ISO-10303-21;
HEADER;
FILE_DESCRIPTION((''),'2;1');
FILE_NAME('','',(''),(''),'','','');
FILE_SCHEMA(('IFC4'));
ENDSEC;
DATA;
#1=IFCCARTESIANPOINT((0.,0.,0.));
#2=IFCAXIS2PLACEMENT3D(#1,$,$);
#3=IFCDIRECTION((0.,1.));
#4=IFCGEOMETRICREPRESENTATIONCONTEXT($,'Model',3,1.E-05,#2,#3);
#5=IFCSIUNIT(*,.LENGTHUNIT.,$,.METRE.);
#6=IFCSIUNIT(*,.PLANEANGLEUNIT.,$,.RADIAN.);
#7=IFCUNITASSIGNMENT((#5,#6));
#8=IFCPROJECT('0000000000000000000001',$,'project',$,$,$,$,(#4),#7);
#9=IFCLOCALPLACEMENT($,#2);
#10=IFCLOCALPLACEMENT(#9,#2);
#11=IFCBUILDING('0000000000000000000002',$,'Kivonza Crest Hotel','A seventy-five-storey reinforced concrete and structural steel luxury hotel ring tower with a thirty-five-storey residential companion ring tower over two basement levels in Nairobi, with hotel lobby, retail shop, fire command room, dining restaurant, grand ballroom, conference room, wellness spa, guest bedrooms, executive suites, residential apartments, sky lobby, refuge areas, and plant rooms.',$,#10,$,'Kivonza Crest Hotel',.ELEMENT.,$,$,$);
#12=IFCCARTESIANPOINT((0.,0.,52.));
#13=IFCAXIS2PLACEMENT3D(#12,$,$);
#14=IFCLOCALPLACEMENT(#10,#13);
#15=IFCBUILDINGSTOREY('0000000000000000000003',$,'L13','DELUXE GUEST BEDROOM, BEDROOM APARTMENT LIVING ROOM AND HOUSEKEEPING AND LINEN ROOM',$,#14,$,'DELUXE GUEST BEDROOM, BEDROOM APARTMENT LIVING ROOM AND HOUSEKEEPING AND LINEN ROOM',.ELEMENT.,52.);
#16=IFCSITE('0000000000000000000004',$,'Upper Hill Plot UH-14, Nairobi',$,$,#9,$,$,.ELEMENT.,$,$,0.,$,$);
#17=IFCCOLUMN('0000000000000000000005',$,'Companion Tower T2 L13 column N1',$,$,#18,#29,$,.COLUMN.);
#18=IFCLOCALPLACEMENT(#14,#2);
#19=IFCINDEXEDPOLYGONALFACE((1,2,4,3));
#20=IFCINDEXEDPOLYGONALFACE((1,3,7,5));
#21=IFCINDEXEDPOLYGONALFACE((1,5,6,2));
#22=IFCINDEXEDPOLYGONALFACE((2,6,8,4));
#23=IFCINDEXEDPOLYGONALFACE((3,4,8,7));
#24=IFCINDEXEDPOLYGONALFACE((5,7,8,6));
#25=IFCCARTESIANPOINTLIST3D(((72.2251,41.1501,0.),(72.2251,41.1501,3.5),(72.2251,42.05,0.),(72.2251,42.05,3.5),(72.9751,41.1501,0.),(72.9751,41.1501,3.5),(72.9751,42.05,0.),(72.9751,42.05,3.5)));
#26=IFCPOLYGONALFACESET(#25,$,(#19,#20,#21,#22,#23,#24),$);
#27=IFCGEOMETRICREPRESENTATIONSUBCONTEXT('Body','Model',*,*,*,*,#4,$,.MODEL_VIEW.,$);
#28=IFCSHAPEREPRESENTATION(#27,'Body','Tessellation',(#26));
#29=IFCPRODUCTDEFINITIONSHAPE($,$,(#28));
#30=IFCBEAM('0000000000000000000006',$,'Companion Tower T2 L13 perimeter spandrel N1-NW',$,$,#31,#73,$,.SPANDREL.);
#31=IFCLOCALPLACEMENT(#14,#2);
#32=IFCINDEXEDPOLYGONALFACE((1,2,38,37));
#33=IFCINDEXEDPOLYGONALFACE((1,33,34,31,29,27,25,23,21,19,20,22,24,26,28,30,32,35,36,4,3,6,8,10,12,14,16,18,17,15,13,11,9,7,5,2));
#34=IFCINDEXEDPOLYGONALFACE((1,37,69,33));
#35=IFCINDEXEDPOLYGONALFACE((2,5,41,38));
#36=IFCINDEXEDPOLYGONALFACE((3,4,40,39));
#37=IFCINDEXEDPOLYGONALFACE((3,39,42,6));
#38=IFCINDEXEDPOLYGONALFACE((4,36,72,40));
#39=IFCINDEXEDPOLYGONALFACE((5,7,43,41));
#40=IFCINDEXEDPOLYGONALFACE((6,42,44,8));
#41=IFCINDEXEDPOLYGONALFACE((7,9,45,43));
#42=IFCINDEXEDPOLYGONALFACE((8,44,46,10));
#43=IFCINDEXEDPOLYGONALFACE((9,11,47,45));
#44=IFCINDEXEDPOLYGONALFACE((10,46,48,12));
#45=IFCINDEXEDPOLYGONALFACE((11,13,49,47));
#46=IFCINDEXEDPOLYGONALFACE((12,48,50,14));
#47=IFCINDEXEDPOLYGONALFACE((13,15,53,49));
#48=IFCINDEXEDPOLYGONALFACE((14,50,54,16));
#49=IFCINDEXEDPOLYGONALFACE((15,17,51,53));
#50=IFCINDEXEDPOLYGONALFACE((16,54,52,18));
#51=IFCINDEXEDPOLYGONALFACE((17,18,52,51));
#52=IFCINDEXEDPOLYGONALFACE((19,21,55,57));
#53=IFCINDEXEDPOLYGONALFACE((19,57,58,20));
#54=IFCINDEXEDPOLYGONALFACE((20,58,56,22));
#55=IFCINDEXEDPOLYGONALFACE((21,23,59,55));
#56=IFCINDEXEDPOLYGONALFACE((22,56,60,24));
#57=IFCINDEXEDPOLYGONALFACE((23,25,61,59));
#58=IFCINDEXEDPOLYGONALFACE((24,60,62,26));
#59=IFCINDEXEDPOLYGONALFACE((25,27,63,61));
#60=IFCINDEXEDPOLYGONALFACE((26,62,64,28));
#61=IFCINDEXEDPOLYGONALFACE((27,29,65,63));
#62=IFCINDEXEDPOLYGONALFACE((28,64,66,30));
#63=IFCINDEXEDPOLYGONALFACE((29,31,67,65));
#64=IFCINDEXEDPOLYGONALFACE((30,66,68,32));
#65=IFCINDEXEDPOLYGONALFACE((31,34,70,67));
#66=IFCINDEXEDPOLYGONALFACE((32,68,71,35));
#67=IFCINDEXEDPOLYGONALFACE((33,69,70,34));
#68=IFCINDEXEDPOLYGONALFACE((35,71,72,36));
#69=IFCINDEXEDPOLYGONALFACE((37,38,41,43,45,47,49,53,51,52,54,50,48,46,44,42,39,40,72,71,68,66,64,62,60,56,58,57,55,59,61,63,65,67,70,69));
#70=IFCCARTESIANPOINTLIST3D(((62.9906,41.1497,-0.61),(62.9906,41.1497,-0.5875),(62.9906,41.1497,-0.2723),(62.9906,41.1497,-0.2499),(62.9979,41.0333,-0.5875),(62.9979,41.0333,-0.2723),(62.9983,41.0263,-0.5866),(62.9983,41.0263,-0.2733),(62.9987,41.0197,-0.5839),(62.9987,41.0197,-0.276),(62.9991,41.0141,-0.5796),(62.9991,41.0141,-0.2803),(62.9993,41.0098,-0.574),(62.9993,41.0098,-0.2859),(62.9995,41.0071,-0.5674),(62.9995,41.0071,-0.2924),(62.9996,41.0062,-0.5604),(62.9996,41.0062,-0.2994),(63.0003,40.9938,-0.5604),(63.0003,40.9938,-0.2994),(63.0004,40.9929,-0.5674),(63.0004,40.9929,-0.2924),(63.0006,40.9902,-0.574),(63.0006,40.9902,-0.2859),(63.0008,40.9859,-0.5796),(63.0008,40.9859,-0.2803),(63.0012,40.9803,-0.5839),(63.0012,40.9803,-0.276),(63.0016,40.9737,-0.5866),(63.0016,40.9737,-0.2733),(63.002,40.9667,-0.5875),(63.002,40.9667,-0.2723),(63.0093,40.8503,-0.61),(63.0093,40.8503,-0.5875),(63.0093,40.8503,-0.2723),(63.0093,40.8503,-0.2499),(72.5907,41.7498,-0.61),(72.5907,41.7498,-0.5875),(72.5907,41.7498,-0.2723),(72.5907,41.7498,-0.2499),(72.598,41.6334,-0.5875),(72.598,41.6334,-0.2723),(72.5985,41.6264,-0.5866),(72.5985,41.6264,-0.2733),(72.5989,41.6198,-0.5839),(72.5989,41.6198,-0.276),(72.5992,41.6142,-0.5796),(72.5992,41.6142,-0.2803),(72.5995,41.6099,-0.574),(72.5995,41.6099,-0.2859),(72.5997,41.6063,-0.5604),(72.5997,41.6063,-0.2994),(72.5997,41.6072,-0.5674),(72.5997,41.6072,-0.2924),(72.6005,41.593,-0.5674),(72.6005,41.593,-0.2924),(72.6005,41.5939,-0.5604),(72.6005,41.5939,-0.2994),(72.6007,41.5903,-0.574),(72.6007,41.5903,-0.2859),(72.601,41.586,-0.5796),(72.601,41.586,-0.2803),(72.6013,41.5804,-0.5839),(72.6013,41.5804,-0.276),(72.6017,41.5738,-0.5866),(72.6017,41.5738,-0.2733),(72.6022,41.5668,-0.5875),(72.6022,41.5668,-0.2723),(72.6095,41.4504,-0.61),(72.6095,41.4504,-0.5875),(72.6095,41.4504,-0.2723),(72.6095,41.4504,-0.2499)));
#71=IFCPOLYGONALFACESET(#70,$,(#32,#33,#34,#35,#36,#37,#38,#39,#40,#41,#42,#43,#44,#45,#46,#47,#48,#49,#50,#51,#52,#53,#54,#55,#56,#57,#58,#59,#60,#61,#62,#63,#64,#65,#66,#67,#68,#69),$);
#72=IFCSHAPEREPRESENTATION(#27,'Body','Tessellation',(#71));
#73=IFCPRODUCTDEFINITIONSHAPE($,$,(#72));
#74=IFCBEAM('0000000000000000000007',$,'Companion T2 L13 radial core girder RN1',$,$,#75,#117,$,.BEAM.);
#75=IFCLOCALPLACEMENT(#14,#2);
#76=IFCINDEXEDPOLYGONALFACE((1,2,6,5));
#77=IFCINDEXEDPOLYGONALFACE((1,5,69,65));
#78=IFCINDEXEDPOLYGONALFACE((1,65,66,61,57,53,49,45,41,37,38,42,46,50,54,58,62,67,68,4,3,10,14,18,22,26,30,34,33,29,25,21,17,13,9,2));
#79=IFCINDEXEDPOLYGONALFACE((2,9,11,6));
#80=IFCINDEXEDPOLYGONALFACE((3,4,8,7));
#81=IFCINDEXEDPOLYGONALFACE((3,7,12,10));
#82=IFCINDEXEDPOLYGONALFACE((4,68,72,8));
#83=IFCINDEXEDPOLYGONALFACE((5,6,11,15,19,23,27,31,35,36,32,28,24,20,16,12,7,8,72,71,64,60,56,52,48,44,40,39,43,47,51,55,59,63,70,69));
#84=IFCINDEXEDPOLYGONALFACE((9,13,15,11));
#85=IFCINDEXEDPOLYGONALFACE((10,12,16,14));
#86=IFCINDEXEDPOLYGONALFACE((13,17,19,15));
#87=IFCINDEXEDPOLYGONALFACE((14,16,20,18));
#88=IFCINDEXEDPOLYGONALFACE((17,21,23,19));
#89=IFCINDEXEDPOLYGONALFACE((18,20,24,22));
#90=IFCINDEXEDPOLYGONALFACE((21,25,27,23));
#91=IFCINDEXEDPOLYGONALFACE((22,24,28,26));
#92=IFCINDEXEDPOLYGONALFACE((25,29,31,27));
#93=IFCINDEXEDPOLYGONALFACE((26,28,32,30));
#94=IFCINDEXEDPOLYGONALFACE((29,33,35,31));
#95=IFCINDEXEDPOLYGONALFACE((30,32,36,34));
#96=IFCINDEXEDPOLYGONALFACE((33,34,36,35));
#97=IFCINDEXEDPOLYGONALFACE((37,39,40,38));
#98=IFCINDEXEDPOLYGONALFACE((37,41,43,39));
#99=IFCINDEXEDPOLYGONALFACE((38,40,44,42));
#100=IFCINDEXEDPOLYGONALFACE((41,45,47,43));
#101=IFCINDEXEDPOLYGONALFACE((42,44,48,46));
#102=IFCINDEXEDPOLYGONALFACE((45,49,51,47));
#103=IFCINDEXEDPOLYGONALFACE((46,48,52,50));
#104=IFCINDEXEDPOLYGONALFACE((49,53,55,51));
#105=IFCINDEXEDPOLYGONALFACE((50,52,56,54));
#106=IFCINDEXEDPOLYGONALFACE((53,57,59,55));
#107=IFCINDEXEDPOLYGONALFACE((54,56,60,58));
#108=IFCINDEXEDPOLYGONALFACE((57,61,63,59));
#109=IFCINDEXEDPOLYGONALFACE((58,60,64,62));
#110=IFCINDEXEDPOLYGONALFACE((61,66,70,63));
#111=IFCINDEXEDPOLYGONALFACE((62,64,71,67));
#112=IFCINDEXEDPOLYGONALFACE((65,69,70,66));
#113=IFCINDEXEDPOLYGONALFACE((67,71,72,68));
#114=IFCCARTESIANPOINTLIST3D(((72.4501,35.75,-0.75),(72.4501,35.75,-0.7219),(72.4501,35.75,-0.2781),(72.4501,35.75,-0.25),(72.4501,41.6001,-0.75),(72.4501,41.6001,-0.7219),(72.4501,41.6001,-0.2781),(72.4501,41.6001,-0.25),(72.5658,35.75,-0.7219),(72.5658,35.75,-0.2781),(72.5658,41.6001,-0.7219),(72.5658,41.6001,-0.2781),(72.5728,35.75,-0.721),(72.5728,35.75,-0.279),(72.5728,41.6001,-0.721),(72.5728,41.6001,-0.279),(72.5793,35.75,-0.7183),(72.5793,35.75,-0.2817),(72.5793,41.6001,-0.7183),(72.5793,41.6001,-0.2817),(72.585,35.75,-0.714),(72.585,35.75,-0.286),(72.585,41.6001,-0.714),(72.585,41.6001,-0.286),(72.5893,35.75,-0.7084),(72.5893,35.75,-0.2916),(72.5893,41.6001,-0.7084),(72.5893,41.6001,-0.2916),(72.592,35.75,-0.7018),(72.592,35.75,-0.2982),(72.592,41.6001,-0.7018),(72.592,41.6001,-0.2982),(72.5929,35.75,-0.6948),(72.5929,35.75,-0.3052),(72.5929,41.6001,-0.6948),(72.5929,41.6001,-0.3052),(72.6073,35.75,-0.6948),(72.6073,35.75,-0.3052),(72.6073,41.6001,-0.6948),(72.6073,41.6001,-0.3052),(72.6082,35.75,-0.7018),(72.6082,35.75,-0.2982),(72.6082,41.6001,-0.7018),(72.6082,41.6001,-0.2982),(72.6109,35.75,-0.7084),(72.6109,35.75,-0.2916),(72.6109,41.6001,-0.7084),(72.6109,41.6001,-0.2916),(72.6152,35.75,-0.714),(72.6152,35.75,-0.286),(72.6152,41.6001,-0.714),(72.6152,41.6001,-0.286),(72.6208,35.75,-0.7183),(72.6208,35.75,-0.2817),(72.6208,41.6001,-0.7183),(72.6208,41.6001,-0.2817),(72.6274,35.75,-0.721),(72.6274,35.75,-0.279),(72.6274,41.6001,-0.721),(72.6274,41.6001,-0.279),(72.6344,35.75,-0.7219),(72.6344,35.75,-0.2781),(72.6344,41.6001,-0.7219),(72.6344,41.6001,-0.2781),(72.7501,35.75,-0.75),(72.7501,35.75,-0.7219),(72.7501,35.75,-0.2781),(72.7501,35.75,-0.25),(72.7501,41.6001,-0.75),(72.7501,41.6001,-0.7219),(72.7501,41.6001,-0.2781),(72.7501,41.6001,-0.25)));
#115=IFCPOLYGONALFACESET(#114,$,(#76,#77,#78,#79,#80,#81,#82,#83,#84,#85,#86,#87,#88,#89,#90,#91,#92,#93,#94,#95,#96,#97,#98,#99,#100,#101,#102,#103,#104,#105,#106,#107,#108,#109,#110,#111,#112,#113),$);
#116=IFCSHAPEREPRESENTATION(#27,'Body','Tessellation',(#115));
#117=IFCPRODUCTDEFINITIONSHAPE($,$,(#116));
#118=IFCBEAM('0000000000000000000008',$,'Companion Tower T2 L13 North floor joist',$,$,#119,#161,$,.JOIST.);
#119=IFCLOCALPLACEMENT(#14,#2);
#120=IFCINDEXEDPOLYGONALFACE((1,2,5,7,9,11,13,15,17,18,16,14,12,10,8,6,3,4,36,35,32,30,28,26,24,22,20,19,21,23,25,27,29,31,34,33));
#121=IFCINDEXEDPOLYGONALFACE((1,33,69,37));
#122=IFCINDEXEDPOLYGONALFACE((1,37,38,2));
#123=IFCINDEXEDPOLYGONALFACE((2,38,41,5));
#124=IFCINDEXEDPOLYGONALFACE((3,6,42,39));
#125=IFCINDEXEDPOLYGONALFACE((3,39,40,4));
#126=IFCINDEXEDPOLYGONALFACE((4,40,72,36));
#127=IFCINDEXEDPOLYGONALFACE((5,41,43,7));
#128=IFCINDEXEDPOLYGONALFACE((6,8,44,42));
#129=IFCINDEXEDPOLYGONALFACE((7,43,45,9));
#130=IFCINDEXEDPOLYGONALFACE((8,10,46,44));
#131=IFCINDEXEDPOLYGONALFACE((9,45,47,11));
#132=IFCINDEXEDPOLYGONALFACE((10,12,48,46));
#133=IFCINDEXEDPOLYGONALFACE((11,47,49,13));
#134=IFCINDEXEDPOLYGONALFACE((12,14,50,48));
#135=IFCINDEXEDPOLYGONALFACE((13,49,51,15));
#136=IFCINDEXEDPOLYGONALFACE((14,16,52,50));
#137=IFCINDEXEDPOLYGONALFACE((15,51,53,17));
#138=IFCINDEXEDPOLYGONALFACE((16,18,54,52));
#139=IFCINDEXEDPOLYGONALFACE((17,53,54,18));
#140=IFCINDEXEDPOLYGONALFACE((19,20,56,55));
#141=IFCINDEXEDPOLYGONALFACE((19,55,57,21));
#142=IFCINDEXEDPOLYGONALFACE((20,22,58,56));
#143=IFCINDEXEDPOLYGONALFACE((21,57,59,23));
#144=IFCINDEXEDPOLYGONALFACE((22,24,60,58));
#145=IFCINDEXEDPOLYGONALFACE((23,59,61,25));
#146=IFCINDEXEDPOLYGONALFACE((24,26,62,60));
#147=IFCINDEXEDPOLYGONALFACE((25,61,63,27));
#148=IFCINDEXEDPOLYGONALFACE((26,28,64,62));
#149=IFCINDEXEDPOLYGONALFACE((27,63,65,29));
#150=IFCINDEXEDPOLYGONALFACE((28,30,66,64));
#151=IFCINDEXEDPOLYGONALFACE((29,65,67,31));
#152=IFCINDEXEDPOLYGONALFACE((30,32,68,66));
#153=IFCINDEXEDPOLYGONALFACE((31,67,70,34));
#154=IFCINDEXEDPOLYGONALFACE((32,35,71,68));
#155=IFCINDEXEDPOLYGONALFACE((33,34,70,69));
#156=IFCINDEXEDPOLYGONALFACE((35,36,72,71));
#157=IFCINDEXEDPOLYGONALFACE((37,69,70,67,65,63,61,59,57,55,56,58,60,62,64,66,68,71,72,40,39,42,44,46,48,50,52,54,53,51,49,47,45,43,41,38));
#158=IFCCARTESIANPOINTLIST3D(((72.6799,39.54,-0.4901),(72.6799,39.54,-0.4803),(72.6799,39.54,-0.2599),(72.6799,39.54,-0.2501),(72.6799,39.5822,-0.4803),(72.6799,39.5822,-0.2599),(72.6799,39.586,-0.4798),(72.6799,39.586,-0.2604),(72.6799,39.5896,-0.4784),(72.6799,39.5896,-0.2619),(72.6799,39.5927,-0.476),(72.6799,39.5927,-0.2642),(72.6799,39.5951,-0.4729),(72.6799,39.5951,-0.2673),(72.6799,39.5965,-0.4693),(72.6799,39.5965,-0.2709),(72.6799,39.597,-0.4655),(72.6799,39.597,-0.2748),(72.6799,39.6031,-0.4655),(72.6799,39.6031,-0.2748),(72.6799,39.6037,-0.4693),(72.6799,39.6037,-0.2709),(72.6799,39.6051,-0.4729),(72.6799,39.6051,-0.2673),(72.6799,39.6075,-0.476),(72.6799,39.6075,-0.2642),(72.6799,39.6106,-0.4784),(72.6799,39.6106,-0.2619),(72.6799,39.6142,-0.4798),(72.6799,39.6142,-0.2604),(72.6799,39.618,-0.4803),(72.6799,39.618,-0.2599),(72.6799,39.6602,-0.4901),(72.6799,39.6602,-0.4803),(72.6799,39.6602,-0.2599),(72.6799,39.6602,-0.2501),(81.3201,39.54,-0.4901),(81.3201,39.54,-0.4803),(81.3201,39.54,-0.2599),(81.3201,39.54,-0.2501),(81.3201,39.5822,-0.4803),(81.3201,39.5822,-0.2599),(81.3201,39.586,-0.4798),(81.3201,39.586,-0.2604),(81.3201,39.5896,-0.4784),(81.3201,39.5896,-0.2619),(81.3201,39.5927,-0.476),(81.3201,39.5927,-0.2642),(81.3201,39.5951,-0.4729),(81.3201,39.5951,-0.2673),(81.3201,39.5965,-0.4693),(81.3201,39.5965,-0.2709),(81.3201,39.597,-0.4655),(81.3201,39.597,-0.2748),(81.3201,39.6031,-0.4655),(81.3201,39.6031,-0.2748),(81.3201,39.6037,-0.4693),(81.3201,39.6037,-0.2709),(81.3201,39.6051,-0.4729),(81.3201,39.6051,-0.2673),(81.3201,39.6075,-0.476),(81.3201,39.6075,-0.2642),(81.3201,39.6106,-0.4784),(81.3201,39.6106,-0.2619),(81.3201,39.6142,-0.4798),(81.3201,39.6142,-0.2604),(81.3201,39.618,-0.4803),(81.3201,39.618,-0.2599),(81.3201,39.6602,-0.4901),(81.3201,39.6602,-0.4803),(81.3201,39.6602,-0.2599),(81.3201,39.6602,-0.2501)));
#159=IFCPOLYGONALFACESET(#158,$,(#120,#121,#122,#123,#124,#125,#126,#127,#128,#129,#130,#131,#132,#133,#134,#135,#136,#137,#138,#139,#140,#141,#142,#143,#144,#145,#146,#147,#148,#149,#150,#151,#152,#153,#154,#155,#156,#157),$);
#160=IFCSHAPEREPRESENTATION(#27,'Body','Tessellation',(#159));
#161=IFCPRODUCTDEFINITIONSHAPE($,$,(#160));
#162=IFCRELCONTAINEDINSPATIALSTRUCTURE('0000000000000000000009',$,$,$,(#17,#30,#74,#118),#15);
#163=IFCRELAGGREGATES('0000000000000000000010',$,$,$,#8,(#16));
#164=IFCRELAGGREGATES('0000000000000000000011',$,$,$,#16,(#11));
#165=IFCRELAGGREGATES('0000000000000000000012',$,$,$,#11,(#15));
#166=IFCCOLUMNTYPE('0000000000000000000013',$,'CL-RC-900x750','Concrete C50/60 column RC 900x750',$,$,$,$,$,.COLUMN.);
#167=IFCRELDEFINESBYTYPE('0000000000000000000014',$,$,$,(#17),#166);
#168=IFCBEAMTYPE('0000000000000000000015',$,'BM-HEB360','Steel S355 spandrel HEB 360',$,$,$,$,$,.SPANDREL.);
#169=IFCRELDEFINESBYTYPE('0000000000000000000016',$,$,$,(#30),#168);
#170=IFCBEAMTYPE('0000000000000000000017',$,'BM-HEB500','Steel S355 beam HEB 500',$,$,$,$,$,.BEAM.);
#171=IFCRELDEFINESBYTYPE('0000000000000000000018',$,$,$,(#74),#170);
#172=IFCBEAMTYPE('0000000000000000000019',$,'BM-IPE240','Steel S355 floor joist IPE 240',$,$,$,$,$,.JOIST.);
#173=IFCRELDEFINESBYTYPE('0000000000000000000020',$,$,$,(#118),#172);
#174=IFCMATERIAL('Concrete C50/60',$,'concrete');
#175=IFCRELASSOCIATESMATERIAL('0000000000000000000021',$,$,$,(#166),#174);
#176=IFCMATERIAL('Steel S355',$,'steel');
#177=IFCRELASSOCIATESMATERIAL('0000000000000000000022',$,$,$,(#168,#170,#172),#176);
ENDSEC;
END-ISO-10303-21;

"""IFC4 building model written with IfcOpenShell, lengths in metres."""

from ifc_helpers import new_model, si_unit, direction, frame, origin, origin_2d, place, context, subcontext, project, spatial, rectangle, i_section, extrude, material, material_profile, profile_set, type_object, element, save


model = new_model("IFC4")

# Units and contexts
model_context = context("Model", 3, precision=1e-05, world=origin(), true_north=direction((0.0, 1.0)))
body_context = subcontext(model_context, "Body", "Model", "MODEL_VIEW")
ifc_project = project(units=[si_unit("LENGTHUNIT", "METRE"), si_unit("PLANEANGLEUNIT", "RADIAN")], contexts=[model_context])

# Site, building, storey
site_placement = place(None, origin())
site = spatial("IfcSite", under=ifc_project, at=site_placement, Name="Upper Hill Plot UH-14, Nairobi", CompositionType="ELEMENT", RefElevation=0.0)
building_placement = place(site_placement, origin())
building = spatial("IfcBuilding", under=site, at=building_placement, Name="Kivonza Crest Hotel", Description="A seventy-five-storey reinforced concrete and structural steel luxury hotel ring tower with a thirty-five-storey residential companion ring tower over two basement levels in Nairobi, with hotel lobby, retail shop, fire command room, dining restaurant, grand ballroom, conference room, wellness spa, guest bedrooms, executive suites, residential apartments, sky lobby, refuge areas, and plant rooms.", LongName="Kivonza Crest Hotel", CompositionType="ELEMENT")
storey_placement = place(building_placement, frame((0.0, 0.0, 52.0)))
storey = spatial("IfcBuildingStorey", under=building, at=storey_placement, Name="L13", Description="DELUXE GUEST BEDROOM, BEDROOM APARTMENT LIVING ROOM AND HOUSEKEEPING AND LINEN ROOM", LongName="DELUXE GUEST BEDROOM, BEDROOM APARTMENT LIVING ROOM AND HOUSEKEEPING AND LINEN ROOM", CompositionType="ELEMENT", Elevation=52.0)

# Column
ifc_material_1 = material(Name="Concrete C50/60", Category="concrete")
ifc_material_profile_1 = material_profile(ifc_material_1, rectangle(XDim=0.75, YDim=0.8999, at=origin_2d()), Name="RC 900x750")
ifc_profile_set_1 = profile_set([ifc_material_profile_1], Name="Concrete C50/60")
column_type = type_object("IfcColumnType", Name="CL-RC-900x750", Description="Concrete C50/60 column RC 900x750", PredefinedType="COLUMN", material=ifc_profile_set_1)
column_placement = place(storey_placement, frame((72.6001, 41.6001, 0.0), z_axis=(0.0, 0.0, 1.0), x_axis=(1.0, 0.0, 0.0)))
element("IfcColumn", 1, at=column_placement, inside=storey, type_object=column_type, Name="Companion Tower T2 L13 column N1", PredefinedType="COLUMN", context=body_context, shape_type="SweptSolid", body=[
    extrude(rectangle(XDim=0.75, YDim=0.8999, at=origin_2d()), origin(), (0.0, 0.0, 1.0), 3.5),
])

# Beams
ifc_material_2 = material(Name="Steel S355", Category="steel")
ifc_material_profile_2 = material_profile(ifc_material_2, i_section(OverallWidth=0.3, OverallDepth=0.3601, WebThickness=0.0125, FlangeThickness=0.0225, FilletRadius=0.0271, at=origin_2d()), Name="HEB 360")
ifc_profile_set_2 = profile_set([ifc_material_profile_2], Name="Steel S355")
beam_type_1 = type_object("IfcBeamType", Name="BM-HEB360", Description="Steel S355 spandrel HEB 360", PredefinedType="SPANDREL", material=ifc_profile_set_2)
beam_1_placement = place(storey_placement, frame((72.6001, 41.6001, -0.4299), z_axis=(-0.998052, -0.062388, 0.0), x_axis=(0.062388, -0.998052, 0.0)))
element("IfcBeam", 2, at=beam_1_placement, inside=storey, type_object=beam_type_1, Name="Companion Tower T2 L13 perimeter spandrel N1-NW", PredefinedType="SPANDREL", context=body_context, shape_type="SweptSolid", body=[
    extrude(i_section(OverallWidth=0.3, OverallDepth=0.3601, WebThickness=0.0125, FlangeThickness=0.0225, FilletRadius=0.0271, at=origin_2d()), origin(), (0.0, 0.0, 1.0), 9.6189),
])
ifc_material_profile_3 = material_profile(ifc_material_2, i_section(OverallWidth=0.3, OverallDepth=0.5, WebThickness=0.0144, FlangeThickness=0.0281, FilletRadius=0.0271, at=origin_2d()), Name="HEB 500")
ifc_profile_set_3 = profile_set([ifc_material_profile_3], Name="Steel S355")
beam_type_2 = type_object("IfcBeamType", Name="BM-HEB500", Description="Steel S355 beam HEB 500", PredefinedType="BEAM", material=ifc_profile_set_3)
beam_2_placement = place(storey_placement, frame((72.6001, 41.6001, -0.5), z_axis=(0.0, -1.0, 0.0), x_axis=(1.0, 0.0, 0.0)))
element("IfcBeam", 3, at=beam_2_placement, inside=storey, type_object=beam_type_2, Name="Companion T2 L13 radial core girder RN1", PredefinedType="BEAM", context=body_context, shape_type="SweptSolid", body=[
    extrude(i_section(OverallWidth=0.3, OverallDepth=0.5, WebThickness=0.0144, FlangeThickness=0.0281, FilletRadius=0.0271, at=origin_2d()), origin(), (0.0, 0.0, 1.0), 5.8501),
])
ifc_material_profile_4 = material_profile(ifc_material_2, i_section(OverallWidth=0.1201, OverallDepth=0.24, WebThickness=0.0061, FlangeThickness=0.0098, FilletRadius=0.0149, at=origin_2d()), Name="IPE 240")
ifc_profile_set_4 = profile_set([ifc_material_profile_4], Name="Steel S355")
beam_type_3 = type_object("IfcBeamType", Name="BM-IPE240", Description="Steel S355 floor joist IPE 240", PredefinedType="JOIST", material=ifc_profile_set_4)
beam_3_placement = place(storey_placement, frame((72.6799, 39.6001, -0.3701), z_axis=(1.0, 0.0, 0.0), x_axis=(0.0, 1.0, 0.0)))
element("IfcBeam", 4, at=beam_3_placement, inside=storey, type_object=beam_type_3, Name="Companion Tower T2 L13 North floor joist", PredefinedType="JOIST", context=body_context, shape_type="SweptSolid", body=[
    extrude(i_section(OverallWidth=0.1201, OverallDepth=0.24, WebThickness=0.0061, FlangeThickness=0.0098, FilletRadius=0.0149, at=origin_2d()), origin(), (0.0, 0.0, 1.0), 8.6401),
])

save(model, "model.ifc")
